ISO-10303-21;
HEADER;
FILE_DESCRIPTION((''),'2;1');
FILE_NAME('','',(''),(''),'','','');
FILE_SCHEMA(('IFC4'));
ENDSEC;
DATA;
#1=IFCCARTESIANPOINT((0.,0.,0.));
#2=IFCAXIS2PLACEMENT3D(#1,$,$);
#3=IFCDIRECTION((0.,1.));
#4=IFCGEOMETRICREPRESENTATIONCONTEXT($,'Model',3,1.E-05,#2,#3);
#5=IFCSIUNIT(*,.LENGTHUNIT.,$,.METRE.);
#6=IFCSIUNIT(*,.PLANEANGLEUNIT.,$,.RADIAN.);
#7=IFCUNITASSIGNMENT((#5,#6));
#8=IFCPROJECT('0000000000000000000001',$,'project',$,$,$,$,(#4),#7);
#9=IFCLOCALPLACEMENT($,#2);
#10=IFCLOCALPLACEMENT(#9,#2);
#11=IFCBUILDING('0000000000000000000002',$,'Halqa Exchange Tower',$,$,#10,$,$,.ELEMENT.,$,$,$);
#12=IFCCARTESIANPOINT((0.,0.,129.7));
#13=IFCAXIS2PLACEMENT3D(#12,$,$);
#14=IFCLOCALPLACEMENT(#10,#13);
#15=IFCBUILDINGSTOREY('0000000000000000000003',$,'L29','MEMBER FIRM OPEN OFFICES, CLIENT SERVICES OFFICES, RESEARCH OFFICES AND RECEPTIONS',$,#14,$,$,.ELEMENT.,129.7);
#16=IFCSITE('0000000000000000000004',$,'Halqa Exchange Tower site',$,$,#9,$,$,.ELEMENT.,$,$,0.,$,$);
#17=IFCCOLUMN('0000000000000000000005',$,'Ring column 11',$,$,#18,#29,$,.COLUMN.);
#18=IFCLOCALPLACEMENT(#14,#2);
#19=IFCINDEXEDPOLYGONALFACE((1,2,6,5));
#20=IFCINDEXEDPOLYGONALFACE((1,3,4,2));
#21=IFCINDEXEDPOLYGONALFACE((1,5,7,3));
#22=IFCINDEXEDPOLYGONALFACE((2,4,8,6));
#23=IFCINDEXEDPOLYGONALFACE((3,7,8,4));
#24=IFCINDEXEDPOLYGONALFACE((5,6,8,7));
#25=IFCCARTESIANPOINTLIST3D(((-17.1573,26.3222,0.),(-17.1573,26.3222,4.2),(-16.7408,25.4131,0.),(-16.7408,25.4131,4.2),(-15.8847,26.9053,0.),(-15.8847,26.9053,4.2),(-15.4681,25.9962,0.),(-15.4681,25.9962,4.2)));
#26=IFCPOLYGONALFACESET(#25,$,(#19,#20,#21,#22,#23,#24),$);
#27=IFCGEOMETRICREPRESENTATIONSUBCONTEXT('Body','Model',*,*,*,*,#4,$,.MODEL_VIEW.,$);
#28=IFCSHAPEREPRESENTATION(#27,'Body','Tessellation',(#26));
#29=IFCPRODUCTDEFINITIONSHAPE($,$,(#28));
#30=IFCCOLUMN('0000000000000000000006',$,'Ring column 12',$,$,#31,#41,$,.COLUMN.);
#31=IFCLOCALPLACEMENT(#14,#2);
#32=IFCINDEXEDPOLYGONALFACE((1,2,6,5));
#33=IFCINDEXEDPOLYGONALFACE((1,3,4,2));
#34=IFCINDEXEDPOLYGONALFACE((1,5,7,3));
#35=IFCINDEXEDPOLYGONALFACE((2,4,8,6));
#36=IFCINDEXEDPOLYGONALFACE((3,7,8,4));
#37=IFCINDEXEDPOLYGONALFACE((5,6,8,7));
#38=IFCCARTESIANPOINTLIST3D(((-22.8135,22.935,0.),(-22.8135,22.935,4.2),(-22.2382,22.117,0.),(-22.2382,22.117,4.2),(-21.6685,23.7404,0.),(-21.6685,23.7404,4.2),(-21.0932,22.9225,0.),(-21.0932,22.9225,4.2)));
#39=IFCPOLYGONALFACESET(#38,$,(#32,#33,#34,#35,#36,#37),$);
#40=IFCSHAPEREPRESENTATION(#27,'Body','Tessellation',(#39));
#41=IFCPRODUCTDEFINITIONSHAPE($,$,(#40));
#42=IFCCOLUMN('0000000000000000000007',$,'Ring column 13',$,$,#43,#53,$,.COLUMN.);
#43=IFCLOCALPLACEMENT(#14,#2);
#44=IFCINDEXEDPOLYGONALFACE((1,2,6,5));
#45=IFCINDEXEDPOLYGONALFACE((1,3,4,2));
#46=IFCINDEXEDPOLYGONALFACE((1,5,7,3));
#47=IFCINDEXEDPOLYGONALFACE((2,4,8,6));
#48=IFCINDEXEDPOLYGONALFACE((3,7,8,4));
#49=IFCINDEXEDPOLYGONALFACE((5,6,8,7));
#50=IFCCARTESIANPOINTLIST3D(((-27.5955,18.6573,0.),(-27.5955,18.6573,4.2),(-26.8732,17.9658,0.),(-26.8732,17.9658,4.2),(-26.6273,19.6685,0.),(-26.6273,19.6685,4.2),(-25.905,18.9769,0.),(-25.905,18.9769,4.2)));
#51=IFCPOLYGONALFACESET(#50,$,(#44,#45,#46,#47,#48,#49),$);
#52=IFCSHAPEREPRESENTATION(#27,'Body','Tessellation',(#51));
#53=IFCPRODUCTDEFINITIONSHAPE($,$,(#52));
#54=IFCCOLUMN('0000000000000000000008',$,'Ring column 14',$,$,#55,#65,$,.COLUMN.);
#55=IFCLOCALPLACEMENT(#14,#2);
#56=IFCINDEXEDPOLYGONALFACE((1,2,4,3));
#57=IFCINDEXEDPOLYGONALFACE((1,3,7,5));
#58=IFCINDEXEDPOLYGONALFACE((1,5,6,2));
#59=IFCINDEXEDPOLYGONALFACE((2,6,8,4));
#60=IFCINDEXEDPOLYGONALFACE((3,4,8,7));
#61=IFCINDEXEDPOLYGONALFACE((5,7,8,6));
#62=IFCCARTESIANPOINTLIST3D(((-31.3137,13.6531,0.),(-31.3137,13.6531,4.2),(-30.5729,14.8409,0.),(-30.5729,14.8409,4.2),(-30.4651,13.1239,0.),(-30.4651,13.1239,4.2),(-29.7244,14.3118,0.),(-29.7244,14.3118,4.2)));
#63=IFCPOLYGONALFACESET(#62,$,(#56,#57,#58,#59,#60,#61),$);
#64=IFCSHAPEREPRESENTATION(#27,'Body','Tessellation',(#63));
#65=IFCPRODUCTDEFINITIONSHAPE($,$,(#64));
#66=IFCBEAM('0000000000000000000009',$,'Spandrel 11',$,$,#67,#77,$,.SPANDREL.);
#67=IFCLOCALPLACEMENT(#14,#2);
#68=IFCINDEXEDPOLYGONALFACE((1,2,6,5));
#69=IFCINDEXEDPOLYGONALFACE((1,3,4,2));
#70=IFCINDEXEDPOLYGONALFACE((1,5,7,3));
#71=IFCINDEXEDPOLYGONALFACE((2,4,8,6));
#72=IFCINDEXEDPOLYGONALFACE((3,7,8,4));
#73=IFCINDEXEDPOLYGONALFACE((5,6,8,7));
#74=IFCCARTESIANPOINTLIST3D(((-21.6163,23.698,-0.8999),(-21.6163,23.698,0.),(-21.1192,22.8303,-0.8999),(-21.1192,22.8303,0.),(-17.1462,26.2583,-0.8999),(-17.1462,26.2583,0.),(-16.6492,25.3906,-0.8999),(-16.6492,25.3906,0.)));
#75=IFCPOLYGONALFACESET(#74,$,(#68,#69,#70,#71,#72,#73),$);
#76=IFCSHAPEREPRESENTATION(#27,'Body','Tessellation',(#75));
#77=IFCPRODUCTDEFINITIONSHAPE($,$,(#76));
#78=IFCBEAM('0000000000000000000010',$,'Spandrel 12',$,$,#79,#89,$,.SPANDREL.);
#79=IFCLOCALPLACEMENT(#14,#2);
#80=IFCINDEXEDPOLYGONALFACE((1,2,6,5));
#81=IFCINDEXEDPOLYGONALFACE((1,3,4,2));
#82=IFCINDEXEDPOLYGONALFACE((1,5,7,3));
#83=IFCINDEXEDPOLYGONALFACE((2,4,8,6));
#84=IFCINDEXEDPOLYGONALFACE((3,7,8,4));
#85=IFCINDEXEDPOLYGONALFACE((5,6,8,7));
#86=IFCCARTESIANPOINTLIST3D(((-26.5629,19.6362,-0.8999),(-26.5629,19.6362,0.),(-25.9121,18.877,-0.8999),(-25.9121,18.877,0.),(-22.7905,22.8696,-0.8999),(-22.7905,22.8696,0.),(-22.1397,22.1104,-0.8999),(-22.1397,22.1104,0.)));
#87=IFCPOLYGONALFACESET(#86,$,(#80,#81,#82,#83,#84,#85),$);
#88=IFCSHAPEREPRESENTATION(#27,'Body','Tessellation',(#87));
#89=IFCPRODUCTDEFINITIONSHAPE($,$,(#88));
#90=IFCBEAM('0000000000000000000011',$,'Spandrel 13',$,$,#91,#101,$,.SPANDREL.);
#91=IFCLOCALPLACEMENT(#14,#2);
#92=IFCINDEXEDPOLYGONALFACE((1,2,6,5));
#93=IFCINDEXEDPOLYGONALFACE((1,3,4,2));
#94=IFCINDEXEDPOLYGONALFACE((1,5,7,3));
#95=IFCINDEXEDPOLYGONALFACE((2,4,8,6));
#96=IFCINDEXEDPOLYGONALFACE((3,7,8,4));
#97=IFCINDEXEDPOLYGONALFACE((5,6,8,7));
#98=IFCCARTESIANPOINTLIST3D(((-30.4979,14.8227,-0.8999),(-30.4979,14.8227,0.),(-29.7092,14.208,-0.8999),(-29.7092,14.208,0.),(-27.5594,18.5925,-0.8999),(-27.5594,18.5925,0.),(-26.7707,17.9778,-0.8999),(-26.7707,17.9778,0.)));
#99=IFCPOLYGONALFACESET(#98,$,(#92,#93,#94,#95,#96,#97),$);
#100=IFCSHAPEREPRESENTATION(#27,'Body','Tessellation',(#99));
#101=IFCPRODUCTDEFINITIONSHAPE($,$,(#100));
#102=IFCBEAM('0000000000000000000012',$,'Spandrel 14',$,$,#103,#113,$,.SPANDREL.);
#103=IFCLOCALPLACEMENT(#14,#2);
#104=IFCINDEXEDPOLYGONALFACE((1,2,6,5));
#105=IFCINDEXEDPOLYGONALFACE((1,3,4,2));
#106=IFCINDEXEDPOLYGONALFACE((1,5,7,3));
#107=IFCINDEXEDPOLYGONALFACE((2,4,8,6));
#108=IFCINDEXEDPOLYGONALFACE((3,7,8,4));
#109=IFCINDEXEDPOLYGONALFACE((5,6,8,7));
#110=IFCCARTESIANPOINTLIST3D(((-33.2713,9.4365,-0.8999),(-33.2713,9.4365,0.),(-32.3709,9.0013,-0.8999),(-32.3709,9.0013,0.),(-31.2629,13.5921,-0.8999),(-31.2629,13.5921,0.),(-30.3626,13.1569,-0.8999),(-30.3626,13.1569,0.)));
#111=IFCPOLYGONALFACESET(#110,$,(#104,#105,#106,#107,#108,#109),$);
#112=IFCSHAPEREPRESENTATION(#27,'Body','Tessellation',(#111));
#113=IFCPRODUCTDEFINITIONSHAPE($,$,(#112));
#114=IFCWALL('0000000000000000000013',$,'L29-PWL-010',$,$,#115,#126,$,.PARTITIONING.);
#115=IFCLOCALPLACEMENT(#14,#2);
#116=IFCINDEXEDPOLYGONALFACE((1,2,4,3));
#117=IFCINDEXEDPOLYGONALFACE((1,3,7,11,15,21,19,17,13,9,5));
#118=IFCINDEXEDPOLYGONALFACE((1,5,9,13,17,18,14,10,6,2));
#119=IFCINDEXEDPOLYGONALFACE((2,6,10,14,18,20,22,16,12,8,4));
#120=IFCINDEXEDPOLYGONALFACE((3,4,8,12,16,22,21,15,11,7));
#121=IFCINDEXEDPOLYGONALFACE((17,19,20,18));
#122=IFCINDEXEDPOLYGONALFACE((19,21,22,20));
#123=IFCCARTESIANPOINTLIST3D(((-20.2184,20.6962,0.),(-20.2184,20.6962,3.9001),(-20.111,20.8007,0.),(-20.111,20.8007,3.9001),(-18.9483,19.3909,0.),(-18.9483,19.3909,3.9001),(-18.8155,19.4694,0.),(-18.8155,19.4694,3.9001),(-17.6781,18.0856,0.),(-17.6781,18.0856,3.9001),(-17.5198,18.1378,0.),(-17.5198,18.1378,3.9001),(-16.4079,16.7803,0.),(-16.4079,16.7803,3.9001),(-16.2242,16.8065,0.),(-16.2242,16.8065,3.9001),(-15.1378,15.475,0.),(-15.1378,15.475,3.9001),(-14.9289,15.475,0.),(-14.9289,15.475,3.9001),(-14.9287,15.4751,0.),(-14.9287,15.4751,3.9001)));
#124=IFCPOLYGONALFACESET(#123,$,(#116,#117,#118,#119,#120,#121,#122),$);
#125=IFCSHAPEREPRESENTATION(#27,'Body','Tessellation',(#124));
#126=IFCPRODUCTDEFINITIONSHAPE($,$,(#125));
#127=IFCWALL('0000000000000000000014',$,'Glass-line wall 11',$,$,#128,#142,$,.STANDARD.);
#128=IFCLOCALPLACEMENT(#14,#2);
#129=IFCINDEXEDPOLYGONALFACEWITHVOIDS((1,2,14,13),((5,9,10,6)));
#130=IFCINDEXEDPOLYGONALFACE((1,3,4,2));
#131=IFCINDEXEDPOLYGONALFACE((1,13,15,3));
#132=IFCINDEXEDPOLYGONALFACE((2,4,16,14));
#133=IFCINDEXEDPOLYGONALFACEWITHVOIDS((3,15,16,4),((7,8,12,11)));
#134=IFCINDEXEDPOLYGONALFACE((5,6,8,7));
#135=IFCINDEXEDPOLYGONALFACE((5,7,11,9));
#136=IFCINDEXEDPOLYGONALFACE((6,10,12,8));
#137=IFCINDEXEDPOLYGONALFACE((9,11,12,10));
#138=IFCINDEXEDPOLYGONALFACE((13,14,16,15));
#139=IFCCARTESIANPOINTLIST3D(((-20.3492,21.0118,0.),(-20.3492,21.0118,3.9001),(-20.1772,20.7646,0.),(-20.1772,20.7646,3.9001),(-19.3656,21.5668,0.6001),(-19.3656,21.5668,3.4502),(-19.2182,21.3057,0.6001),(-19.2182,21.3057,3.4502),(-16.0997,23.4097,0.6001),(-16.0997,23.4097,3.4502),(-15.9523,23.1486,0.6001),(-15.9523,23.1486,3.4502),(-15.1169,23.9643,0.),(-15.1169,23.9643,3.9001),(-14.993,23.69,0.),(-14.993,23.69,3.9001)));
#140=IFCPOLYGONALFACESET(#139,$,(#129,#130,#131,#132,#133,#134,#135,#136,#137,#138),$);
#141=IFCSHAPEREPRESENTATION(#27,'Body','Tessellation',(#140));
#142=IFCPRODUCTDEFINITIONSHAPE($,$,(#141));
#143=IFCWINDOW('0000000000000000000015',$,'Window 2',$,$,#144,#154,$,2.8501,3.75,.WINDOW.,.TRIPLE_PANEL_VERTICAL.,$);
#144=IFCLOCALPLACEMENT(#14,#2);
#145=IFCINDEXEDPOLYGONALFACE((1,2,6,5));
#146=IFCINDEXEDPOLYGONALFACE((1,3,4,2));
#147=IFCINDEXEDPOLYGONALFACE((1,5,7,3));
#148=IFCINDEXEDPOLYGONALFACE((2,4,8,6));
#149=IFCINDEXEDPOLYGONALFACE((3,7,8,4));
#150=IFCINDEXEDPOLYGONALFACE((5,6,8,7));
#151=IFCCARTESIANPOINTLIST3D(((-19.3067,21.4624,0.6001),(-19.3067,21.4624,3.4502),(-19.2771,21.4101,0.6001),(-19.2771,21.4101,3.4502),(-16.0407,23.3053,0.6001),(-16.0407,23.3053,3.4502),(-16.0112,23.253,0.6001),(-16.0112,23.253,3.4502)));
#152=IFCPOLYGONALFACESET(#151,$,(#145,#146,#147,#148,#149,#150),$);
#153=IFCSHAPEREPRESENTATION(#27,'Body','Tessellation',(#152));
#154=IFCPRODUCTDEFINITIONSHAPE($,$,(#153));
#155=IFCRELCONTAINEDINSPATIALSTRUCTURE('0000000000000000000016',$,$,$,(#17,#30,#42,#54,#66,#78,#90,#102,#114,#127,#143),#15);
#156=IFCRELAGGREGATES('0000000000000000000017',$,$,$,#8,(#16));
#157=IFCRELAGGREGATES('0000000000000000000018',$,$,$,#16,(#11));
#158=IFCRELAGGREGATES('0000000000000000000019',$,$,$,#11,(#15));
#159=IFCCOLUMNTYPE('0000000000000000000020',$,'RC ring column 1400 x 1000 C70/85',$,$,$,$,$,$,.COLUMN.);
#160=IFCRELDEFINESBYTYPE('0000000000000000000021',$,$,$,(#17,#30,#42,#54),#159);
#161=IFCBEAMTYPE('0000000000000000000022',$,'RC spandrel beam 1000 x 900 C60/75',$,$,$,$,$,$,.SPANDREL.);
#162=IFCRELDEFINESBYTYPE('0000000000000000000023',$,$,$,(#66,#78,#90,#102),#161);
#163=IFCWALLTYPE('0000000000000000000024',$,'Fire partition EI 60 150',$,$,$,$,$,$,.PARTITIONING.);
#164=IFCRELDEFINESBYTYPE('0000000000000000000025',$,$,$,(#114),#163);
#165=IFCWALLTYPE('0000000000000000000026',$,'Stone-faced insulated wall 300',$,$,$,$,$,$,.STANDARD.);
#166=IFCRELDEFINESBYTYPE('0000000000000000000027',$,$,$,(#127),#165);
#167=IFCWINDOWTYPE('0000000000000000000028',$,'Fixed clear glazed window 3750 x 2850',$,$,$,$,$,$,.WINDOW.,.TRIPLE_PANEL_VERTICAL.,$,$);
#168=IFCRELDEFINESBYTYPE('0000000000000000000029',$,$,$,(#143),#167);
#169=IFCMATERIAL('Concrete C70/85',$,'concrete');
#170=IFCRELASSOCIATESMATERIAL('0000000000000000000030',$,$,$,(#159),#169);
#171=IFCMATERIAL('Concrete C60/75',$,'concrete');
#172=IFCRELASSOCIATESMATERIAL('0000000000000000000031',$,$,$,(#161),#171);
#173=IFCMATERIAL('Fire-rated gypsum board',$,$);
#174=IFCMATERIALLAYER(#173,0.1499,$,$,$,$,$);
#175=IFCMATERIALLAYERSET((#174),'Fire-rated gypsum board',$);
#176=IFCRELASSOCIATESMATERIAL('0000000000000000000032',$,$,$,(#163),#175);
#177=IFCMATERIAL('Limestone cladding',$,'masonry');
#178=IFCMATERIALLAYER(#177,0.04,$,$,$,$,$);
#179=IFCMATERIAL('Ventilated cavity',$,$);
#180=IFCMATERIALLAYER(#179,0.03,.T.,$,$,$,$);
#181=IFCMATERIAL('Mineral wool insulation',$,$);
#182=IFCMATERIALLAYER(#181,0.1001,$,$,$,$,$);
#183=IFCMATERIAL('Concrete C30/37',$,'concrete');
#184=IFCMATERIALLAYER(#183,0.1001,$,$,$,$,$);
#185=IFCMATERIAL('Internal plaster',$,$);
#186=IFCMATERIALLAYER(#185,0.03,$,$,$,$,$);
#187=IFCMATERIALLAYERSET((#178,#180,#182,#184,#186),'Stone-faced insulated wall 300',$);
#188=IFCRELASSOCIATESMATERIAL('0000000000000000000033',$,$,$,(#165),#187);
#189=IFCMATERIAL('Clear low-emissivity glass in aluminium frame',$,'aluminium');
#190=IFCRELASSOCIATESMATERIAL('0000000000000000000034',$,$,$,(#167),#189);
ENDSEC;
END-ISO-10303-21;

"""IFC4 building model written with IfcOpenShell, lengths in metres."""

from ifc_helpers import new_model, si_unit, direction, frame, frame_2d, origin, origin_2d, place, context, subcontext, project, spatial, polyline, rectangle, outline, extrude, material, layer, layer_set, material_profile, profile_set, type_object, element, fill, save


model = new_model("IFC4")

# Units and contexts
model_context = context("Model", 3, precision=1e-05, world=origin(), true_north=direction((0.0, 1.0)))
body_context = subcontext(model_context, "Body", "Model", "MODEL_VIEW")
ifc_project = project(units=[si_unit("LENGTHUNIT", "METRE"), si_unit("PLANEANGLEUNIT", "RADIAN")], contexts=[model_context])

# Site, building, storey
site_placement = place(None, origin())
site = spatial("IfcSite", under=ifc_project, at=site_placement, Name="Halqa Exchange Tower site", CompositionType="ELEMENT", RefElevation=0.0)
building_placement = place(site_placement, origin())
building = spatial("IfcBuilding", under=site, at=building_placement, Name="Halqa Exchange Tower", CompositionType="ELEMENT")
storey_placement = place(building_placement, frame((0.0, 0.0, 129.7)))
storey = spatial("IfcBuildingStorey", under=building, at=storey_placement, Name="L29", Description="MEMBER FIRM OPEN OFFICES, CLIENT SERVICES OFFICES, RESEARCH OFFICES AND RECEPTIONS", CompositionType="ELEMENT", Elevation=129.7)

# Columns
ifc_material_1 = material(Name="Concrete C70/85", Category="concrete")
ifc_material_profile_1 = material_profile(ifc_material_1, rectangle(XDim=1.3999, YDim=1.0, at=origin_2d()), Name="1400 x 1000")
ifc_profile_set_1 = profile_set([ifc_material_profile_1], Name="Concrete C70/85")
column_type = type_object("IfcColumnType", Name="RC ring column 1400 x 1000 C70/85", PredefinedType="COLUMN", material=ifc_profile_set_1)
for number, where, z_axis, x_axis, name in (
    (1, (-16.3127, 26.1592, 0.0), (0.0, 0.0, 1.0), (-0.909126, -0.41652, 0.0), "Ring column 11"),
    (2, (-21.9534, 22.9287, 0.0), (0.0, 0.0, 1.0), (-0.81791, -0.575346, 0.0), "Ring column 12"),
    (3, (-26.7502, 18.8171, 0.0), (0.0, 0.0, 1.0), (-0.691571, -0.722308, 0.0), "Ring column 13"),
    (4, (-30.519, 13.9824, 0.0), (0.0, 0.0, 1.0), (-0.529138, -0.848536, 0.0), "Ring column 14"),
):
    element("IfcColumn", number, at=place(storey_placement, frame(where, z_axis=z_axis, x_axis=x_axis)), inside=storey, type_object=column_type, Name=name, PredefinedType="COLUMN", context=body_context, shape_type="SweptSolid", body=[
        extrude(rectangle(XDim=1.3999, YDim=1.0, at=origin_2d()), origin(), (0.0, 0.0, 1.0), 4.2),
    ])

# Beams
ifc_material_2 = material(Name="Concrete C60/75", Category="concrete")
ifc_material_profile_2 = material_profile(ifc_material_2, rectangle(XDim=1.0, YDim=0.8999, at=origin_2d()), Name="1000 x 900")
ifc_profile_set_2 = profile_set([ifc_material_profile_2], Name="Concrete C60/75")
beam_type = type_object("IfcBeamType", Name="RC spandrel beam 1000 x 900 C60/75", PredefinedType="SPANDREL", material=ifc_profile_set_2)
beam_1_placement = place(storey_placement, frame((-16.8977, 25.8245, -0.45), z_axis=(-0.867738, -0.497022, 0.0), x_axis=(0.497022, -0.867738, 0.0)))
element("IfcBeam", 5, at=beam_1_placement, inside=storey, type_object=beam_type, Name="Spandrel 11", PredefinedType="SPANDREL", context=body_context, shape_type="SweptSolid", body=[
    extrude(rectangle(XDim=1.0, YDim=0.8999, at=origin_2d()), origin(), (0.0, 0.0, 1.0), 5.1514),
])
beam_2_placement = place(storey_placement, frame((-22.4651, 22.49, -0.45), z_axis=(-0.75927, -0.650775, 0.0), x_axis=(0.650775, -0.75927, 0.0)))
element("IfcBeam", 6, at=beam_2_placement, inside=storey, type_object=beam_type, Name="Spandrel 12", PredefinedType="SPANDREL", context=body_context, shape_type="SweptSolid", body=[
    extrude(rectangle(XDim=1.0, YDim=0.8999, at=origin_2d()), origin(), (0.0, 0.0, 1.0), 4.9685),
])
beam_3_placement = place(storey_placement, frame((-27.165, 18.2852, -0.45), z_axis=(-0.614778, -0.7887, 0.0), x_axis=(0.7887, -0.614778, 0.0)))
element("IfcBeam", 7, at=beam_3_placement, inside=storey, type_object=beam_type, Name="Spandrel 13", PredefinedType="SPANDREL", context=body_context, shape_type="SweptSolid", body=[
    extrude(rectangle(XDim=1.0, YDim=0.8999, at=origin_2d()), origin(), (0.0, 0.0, 1.0), 4.7798),
])
beam_4_placement = place(storey_placement, frame((-30.8127, 13.3745, -0.45), z_axis=(-0.435134, -0.900366, 0.0), x_axis=(0.900366, -0.435134, 0.0)))
element("IfcBeam", 8, at=beam_4_placement, inside=storey, type_object=beam_type, Name="Spandrel 14", PredefinedType="SPANDREL", context=body_context, shape_type="SweptSolid", body=[
    extrude(rectangle(XDim=1.0, YDim=0.8999, at=origin_2d()), origin(), (0.0, 0.0, 1.0), 4.6155),
])

# Shared definitions
ifc_material_3 = material(Name="Fire-rated gypsum board")
ifc_layer_1 = layer(ifc_material_3, 0.1499)
ifc_layer_set_1 = layer_set([ifc_layer_1], Name="Fire-rated gypsum board")
wall_type_1 = type_object("IfcWallType", Name="Fire partition EI 60 150", PredefinedType="PARTITIONING", material=ifc_layer_set_1)

# Wall
wall_1_placement = place(storey_placement, frame((-14.9824, 15.4229, 0.0), z_axis=(0.0, 0.0, 1.0), x_axis=(-0.697398, 0.716684, 0.0)))
element("IfcWall", 9, at=wall_1_placement, inside=storey, type_object=wall_type_1, Name="L29-PWL-010", PredefinedType="PARTITIONING", context=body_context, shape_type="SweptSolid", body=[
    extrude(outline(polyline([(7.4309, 0.075), (5.6096, 0.075), (3.7883, 0.075), (1.967, 0.075), (0.1458, 0.075), (0.0, -0.0747), (0.0, -0.075), (1.8577, -0.075), (3.7153, -0.075), (5.5732, -0.075), (7.4309, -0.075), (7.4309, 0.075)])), origin(), (0.0, 0.0, 1.0), 3.9001),
])

# Wall, opening, window
ifc_material_4 = material(Name="Limestone cladding", Category="masonry")
ifc_layer_2 = layer(ifc_material_4, 0.04)
ifc_material_5 = material(Name="Ventilated cavity")
ifc_layer_3 = layer(ifc_material_5, 0.03, ventilated=True)
ifc_material_6 = material(Name="Mineral wool insulation")
ifc_layer_4 = layer(ifc_material_6, 0.1001)
ifc_material_7 = material(Name="Concrete C30/37", Category="concrete")
ifc_layer_5 = layer(ifc_material_7, 0.1001)
ifc_material_8 = material(Name="Internal plaster")
ifc_layer_6 = layer(ifc_material_8, 0.03)
ifc_layer_set_2 = layer_set([ifc_layer_2, ifc_layer_3, ifc_layer_4, ifc_layer_5, ifc_layer_6], Name="Stone-faced insulated wall 300")
wall_type_2 = type_object("IfcWallType", Name="Stone-faced insulated wall 300", PredefinedType="STANDARD", material=ifc_layer_set_2)
wall_2_placement = place(storey_placement, frame((-15.0549, 23.8271, 0.0), z_axis=(0.0, 0.0, 1.0), x_axis=(-0.870909, -0.491445, 0.0)))
wall_2 = element("IfcWall", 10, at=wall_2_placement, inside=storey, type_object=wall_type_2, Name="Glass-line wall 11", PredefinedType="STANDARD", context=body_context, shape_type="SweptSolid", body=[
    extrude(outline(polyline([(-0.0134, -0.1499), (5.9944, -0.1499), (5.9661, 0.1499), (0.0134, 0.1499), (-0.0134, -0.1499)])), origin(), (0.0, 0.0, 1.0), 3.9001),
])
opening_1_placement = place(wall_2_placement, frame((1.115, 0.0, 0.6001)))
opening_1 = element("IfcOpeningElement", 11, at=opening_1_placement, cuts=wall_2, PredefinedType="OPENING", context=body_context, shape_type="SweptSolid", body=[
    extrude(rectangle(XDim=3.75, YDim=2.8501, at=frame_2d((1.875, 1.425))), frame((0.0, 0.1621, 0.0), z_axis=(0.0, -1.0, 0.0), x_axis=(1.0, 0.0, 0.0)), (0.0, 0.0, 1.0), 0.324),
])
ifc_material_9 = material(Name="Clear low-emissivity glass in aluminium frame", Category="aluminium")
window_type = type_object("IfcWindowType", Name="Fixed clear glazed window 3750 x 2850", PartitioningType="TRIPLE_PANEL_VERTICAL", PredefinedType="WINDOW", material=ifc_material_9)
window_1_placement = place(opening_1_placement, origin())
window_1 = element("IfcWindow", 12, at=window_1_placement, inside=storey, type_object=window_type, Name="Window 2", OverallHeight=2.8501, OverallWidth=3.75, PartitioningType="TRIPLE_PANEL_VERTICAL", PredefinedType="WINDOW", context=body_context, shape_type="SweptSolid", body=[
    extrude(rectangle(XDim=3.75, YDim=2.8501, at=frame_2d((1.875, 1.425))), frame((0.0, 0.03, 0.0), z_axis=(0.0, -1.0, 0.0), x_axis=(1.0, 0.0, 0.0)), (0.0, 0.0, 1.0), 0.0601),
])
fill(opening_1, window_1)

save(model, "model.ifc")
